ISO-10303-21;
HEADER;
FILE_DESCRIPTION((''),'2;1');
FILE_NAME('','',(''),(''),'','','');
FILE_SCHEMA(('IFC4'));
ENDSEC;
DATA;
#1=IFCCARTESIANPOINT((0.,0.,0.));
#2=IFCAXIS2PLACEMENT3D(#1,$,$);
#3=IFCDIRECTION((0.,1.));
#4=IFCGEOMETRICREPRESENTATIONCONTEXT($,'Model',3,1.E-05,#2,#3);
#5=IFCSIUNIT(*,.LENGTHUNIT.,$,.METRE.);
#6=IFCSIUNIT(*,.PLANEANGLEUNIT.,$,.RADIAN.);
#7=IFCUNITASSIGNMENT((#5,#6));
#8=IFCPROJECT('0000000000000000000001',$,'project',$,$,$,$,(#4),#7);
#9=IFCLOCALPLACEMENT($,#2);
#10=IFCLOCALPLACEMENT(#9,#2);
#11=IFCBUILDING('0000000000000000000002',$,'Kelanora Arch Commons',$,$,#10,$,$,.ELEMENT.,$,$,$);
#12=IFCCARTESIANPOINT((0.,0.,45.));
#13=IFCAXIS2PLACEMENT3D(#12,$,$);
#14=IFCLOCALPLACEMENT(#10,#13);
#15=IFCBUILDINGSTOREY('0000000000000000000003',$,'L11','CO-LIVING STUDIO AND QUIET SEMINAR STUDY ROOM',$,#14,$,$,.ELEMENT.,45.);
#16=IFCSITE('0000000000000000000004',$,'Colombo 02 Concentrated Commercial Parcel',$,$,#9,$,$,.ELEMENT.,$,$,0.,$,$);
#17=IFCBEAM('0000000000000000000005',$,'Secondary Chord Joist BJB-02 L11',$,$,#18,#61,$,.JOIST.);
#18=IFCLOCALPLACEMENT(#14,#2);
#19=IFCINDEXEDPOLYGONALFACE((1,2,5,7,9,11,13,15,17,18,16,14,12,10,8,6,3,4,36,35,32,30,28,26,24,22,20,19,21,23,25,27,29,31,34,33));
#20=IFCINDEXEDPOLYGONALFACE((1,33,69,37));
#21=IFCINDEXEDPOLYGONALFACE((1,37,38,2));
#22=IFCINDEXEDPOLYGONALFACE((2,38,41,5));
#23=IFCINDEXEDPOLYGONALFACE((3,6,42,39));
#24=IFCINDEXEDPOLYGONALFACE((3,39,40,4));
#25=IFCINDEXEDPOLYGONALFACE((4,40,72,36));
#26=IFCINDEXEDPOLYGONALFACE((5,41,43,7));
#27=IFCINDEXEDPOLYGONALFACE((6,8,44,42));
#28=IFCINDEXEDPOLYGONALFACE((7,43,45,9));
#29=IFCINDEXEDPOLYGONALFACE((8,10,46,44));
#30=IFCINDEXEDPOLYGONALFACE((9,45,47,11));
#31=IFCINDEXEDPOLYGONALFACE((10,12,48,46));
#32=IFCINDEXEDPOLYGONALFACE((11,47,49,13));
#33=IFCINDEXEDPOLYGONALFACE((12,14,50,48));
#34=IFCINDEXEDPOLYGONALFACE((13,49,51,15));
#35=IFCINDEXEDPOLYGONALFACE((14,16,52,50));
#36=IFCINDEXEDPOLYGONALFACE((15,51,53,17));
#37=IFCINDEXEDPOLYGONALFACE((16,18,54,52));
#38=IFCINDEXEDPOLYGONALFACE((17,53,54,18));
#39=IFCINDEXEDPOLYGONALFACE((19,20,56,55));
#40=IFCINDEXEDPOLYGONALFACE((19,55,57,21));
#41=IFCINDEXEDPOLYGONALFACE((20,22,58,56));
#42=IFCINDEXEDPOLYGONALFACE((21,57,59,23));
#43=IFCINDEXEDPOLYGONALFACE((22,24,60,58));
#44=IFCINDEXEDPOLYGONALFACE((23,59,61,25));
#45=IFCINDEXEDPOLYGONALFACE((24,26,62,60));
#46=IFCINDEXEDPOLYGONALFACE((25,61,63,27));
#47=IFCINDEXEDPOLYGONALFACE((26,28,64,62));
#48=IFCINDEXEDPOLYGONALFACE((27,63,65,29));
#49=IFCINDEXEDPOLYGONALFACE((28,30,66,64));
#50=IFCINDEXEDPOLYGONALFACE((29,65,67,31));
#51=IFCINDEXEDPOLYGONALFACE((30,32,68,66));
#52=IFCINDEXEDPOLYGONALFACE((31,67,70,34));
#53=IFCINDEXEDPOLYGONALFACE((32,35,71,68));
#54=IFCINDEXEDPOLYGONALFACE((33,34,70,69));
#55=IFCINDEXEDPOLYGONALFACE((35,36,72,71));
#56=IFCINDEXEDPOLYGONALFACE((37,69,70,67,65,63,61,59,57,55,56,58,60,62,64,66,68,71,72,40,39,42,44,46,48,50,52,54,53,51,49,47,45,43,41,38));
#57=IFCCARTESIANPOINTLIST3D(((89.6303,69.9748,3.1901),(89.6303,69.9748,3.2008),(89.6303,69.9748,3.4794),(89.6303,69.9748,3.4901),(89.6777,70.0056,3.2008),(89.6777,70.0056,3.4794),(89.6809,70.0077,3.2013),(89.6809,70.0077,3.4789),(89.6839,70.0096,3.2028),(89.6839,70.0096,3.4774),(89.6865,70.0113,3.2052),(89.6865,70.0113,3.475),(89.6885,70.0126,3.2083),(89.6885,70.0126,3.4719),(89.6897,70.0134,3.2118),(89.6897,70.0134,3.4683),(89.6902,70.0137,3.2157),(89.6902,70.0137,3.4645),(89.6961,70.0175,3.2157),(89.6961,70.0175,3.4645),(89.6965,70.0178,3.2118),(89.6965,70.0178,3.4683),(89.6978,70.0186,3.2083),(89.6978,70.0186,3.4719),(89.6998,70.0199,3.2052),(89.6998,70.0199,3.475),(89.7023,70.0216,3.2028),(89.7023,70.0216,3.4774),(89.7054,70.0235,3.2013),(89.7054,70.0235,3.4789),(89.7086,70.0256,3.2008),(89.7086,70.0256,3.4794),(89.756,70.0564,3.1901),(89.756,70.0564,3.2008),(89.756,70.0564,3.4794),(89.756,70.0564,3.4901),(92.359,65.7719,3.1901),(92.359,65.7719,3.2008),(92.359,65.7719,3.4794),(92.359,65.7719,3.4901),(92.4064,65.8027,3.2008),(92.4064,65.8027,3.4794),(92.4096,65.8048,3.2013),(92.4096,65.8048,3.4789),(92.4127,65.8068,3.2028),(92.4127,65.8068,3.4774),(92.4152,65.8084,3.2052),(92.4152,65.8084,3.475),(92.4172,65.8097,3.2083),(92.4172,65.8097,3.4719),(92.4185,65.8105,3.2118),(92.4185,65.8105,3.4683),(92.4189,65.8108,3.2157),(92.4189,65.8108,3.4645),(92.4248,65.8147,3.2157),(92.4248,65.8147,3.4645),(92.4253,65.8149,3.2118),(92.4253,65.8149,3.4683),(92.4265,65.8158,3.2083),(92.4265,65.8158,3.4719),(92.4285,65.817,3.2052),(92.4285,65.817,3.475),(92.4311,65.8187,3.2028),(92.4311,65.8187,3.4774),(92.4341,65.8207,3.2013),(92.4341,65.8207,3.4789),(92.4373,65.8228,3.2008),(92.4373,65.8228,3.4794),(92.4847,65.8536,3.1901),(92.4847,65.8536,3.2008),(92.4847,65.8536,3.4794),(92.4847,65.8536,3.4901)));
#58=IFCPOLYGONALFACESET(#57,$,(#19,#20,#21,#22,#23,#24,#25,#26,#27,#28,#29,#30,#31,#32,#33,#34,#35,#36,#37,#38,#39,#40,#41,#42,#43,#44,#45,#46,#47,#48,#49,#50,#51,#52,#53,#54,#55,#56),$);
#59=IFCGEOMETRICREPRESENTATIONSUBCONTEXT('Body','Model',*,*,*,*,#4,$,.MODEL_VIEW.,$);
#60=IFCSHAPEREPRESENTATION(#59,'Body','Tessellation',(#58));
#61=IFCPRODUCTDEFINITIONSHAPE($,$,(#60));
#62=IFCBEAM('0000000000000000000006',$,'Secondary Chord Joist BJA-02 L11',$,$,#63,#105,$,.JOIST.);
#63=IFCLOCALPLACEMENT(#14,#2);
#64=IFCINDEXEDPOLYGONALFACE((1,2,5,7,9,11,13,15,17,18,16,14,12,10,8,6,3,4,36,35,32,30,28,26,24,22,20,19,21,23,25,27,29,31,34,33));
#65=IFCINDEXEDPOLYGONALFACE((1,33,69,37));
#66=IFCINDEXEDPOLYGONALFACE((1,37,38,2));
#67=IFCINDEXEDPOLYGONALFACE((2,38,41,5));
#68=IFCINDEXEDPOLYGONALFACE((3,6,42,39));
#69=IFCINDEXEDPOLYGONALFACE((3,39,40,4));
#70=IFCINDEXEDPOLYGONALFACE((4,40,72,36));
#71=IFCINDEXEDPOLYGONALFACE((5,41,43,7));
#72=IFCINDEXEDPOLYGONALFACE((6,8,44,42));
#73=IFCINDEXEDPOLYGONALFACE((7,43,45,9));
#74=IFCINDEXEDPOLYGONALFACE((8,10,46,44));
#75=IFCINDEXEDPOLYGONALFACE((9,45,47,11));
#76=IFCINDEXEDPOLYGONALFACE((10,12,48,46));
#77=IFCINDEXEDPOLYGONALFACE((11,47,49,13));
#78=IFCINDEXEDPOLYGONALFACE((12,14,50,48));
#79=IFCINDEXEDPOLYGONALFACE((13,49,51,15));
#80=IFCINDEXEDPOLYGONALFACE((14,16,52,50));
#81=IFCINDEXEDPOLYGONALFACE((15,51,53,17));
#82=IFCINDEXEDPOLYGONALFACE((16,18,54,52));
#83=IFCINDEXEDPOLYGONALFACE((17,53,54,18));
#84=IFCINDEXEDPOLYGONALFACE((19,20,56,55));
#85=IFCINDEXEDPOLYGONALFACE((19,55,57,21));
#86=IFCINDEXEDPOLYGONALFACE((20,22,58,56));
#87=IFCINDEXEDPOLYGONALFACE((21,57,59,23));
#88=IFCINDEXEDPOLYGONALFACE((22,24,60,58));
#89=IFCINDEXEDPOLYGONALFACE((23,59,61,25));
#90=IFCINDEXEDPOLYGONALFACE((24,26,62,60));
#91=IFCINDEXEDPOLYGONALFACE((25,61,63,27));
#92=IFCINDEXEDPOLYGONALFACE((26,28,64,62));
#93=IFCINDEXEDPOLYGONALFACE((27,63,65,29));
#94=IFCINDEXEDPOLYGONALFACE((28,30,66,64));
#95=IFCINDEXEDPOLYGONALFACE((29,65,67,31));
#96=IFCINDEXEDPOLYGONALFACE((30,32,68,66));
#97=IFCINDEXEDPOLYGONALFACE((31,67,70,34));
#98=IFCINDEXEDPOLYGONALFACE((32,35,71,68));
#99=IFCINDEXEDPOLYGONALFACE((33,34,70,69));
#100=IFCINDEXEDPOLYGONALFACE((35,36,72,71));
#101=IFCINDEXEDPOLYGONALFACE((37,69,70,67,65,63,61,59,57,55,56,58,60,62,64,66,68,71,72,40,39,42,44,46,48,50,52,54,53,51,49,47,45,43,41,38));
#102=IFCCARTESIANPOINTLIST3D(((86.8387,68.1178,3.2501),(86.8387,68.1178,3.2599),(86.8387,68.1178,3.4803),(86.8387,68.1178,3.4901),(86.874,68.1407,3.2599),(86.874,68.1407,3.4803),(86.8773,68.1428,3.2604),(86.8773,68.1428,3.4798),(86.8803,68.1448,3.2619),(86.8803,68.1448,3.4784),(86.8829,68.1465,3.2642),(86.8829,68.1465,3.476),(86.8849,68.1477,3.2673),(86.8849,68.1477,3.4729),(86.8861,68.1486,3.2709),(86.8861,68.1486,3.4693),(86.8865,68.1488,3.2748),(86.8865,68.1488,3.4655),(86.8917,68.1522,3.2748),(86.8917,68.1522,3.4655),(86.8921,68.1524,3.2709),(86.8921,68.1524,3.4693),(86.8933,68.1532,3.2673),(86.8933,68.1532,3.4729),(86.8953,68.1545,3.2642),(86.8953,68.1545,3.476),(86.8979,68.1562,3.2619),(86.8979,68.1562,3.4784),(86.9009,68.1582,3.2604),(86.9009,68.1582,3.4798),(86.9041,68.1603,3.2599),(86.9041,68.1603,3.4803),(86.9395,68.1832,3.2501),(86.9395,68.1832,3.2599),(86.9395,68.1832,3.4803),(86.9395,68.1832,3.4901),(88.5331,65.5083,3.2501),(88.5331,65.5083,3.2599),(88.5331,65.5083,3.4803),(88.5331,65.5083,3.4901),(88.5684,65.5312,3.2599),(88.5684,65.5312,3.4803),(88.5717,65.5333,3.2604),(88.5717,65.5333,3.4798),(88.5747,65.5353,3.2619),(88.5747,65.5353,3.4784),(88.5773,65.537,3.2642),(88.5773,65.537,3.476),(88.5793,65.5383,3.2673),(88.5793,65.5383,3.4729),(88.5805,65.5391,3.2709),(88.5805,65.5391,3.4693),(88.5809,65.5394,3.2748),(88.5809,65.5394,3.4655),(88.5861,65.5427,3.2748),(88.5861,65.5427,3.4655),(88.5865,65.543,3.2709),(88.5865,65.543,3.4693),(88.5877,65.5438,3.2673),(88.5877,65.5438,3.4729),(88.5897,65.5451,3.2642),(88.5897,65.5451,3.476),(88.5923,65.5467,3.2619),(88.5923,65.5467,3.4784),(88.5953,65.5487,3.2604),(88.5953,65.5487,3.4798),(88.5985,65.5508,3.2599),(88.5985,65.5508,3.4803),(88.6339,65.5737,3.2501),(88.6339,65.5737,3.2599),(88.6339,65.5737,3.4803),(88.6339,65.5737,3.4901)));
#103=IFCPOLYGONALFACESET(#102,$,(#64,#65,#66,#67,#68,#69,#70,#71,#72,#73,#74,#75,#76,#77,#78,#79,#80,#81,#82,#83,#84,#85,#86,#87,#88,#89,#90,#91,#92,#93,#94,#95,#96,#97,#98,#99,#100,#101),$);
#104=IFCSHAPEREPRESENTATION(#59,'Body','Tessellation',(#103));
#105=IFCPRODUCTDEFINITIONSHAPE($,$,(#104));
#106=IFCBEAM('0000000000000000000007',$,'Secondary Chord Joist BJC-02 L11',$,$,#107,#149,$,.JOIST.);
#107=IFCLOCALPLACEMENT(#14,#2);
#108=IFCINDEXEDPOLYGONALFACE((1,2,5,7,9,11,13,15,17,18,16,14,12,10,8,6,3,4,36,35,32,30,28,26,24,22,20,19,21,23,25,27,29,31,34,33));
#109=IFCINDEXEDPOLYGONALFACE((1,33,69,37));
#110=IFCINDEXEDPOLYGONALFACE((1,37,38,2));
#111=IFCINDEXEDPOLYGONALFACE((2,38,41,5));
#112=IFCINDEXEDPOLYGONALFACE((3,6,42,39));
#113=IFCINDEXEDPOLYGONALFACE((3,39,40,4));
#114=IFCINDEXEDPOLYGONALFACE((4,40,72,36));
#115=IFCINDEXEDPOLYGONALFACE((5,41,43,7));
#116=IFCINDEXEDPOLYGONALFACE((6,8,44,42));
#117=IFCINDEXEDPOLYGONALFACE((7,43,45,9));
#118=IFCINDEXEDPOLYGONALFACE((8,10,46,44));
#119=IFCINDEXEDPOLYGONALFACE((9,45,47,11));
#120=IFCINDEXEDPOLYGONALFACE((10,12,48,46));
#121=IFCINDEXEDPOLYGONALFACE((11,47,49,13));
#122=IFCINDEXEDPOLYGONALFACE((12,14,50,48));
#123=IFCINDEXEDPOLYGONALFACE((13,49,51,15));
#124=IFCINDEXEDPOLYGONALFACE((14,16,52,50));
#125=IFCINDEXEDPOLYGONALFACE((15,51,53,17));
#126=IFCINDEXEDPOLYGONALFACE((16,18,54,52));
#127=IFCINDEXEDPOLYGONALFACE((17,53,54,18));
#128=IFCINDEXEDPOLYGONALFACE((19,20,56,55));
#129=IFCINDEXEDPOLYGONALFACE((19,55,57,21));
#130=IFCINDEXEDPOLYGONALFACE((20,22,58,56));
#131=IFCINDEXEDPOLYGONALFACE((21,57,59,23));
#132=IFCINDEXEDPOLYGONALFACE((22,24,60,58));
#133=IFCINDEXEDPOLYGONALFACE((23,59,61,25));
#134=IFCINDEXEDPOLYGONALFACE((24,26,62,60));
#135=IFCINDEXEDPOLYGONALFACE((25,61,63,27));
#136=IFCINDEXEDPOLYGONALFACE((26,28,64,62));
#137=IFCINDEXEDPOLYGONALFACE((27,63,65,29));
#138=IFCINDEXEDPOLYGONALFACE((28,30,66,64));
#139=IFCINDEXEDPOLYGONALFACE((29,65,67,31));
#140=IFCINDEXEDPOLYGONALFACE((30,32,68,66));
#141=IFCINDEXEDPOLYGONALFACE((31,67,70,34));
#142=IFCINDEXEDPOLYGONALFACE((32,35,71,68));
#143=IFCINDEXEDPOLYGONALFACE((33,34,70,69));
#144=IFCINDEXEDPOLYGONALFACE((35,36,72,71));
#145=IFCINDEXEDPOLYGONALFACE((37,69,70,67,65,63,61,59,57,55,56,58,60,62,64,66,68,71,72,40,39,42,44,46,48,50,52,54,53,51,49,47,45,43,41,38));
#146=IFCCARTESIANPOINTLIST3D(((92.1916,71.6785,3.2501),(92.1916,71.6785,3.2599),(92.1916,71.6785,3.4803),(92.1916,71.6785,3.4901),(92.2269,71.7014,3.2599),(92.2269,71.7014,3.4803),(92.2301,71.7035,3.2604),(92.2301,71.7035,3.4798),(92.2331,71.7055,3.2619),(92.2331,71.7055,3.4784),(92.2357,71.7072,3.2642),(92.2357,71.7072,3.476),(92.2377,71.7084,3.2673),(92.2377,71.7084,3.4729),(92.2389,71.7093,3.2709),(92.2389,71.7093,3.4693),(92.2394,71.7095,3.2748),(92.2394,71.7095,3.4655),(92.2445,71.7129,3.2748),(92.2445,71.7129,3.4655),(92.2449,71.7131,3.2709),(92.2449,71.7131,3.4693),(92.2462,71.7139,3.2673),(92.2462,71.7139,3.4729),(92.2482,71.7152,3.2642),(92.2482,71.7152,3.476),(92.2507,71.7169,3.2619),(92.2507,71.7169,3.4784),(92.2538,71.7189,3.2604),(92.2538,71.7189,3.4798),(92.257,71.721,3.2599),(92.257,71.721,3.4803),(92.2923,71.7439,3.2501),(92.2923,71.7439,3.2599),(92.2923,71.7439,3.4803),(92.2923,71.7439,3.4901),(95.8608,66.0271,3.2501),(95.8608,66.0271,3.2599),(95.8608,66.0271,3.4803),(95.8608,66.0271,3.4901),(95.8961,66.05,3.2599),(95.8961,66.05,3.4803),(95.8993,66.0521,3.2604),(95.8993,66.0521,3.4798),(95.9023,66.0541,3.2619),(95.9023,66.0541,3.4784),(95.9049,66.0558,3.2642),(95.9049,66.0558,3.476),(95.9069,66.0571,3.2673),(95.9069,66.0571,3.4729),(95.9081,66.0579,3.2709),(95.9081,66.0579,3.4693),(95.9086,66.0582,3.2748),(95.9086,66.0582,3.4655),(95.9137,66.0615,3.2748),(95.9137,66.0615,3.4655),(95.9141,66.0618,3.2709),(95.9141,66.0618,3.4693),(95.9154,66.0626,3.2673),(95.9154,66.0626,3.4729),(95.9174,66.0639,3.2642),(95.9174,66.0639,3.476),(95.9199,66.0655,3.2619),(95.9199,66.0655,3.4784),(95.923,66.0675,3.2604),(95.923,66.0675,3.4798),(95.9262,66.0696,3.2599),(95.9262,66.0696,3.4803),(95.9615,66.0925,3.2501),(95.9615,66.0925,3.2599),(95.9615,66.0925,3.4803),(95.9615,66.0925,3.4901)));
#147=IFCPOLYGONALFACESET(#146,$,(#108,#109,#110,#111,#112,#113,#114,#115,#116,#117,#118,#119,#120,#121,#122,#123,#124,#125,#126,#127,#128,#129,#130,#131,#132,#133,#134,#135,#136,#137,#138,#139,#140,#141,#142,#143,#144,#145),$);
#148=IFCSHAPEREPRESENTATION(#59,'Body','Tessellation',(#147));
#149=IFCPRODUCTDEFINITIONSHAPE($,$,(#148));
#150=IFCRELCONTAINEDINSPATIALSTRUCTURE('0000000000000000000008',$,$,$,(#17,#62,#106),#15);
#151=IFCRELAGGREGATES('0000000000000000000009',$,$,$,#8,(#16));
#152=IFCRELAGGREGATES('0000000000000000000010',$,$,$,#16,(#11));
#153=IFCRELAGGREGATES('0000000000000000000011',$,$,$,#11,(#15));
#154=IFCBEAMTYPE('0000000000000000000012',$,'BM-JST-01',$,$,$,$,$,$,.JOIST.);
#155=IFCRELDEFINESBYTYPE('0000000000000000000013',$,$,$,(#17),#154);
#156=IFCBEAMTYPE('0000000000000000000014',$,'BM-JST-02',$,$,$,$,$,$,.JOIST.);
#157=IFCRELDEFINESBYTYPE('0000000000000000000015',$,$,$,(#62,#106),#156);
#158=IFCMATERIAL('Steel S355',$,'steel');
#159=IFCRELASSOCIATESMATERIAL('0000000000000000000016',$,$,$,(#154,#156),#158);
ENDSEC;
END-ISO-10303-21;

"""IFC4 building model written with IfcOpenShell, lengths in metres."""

from ifc_helpers import new_model, si_unit, direction, frame, origin, origin_2d, place, context, subcontext, project, spatial, i_section, extrude, material, material_profile, profile_set, type_object, element, save


model = new_model("IFC4")

# Units and contexts
model_context = context("Model", 3, precision=1e-05, world=origin(), true_north=direction((0.0, 1.0)))
body_context = subcontext(model_context, "Body", "Model", "MODEL_VIEW")
ifc_project = project(units=[si_unit("LENGTHUNIT", "METRE"), si_unit("PLANEANGLEUNIT", "RADIAN")], contexts=[model_context])

# Site, building, storey
site_placement = place(None, origin())
site = spatial("IfcSite", under=ifc_project, at=site_placement, Name="Colombo 02 Concentrated Commercial Parcel", CompositionType="ELEMENT", RefElevation=0.0)
building_placement = place(site_placement, origin())
building = spatial("IfcBuilding", under=site, at=building_placement, Name="Kelanora Arch Commons", CompositionType="ELEMENT")
storey_placement = place(building_placement, frame((0.0, 0.0, 45.0)))
storey = spatial("IfcBuildingStorey", under=building, at=storey_placement, Name="L11", Description="CO-LIVING STUDIO AND QUIET SEMINAR STUDY ROOM", CompositionType="ELEMENT", Elevation=45.0)

# Beams
ifc_material_1 = material(Name="Steel S355", Category="steel")
ifc_material_profile_1 = material_profile(ifc_material_1, i_section(OverallWidth=0.1499, OverallDepth=0.3, WebThickness=0.0071, FlangeThickness=0.0107, FilletRadius=0.0149, at=origin_2d()), Name="IPE300")
ifc_profile_set_1 = profile_set([ifc_material_profile_1], Name="Steel S355")
beam_type_1 = type_object("IfcBeamType", Name="BM-JST-01", PredefinedType="JOIST", material=ifc_profile_set_1)
beam_1_placement = place(storey_placement, frame((92.4219, 65.8127, 3.3401), z_axis=(-0.544552, 0.838727, 0.0), x_axis=(-0.838727, -0.544552, 0.0)))
element("IfcBeam", 1, at=beam_1_placement, inside=storey, type_object=beam_type_1, Name="Secondary Chord Joist BJB-02 L11", PredefinedType="JOIST", context=body_context, shape_type="SweptSolid", body=[
    extrude(i_section(OverallWidth=0.1499, OverallDepth=0.3, WebThickness=0.0071, FlangeThickness=0.0107, FilletRadius=0.0149, at=origin_2d()), origin(), (0.0, 0.0, 1.0), 5.011),
])
ifc_material_profile_2 = material_profile(ifc_material_1, i_section(OverallWidth=0.1201, OverallDepth=0.24, WebThickness=0.0061, FlangeThickness=0.0098, FilletRadius=0.0149, at=origin_2d()), Name="IPE240")
ifc_profile_set_2 = profile_set([ifc_material_profile_2], Name="Steel S355")
beam_type_2 = type_object("IfcBeamType", Name="BM-JST-02", PredefinedType="JOIST", material=ifc_profile_set_2)
beam_2_placement = place(storey_placement, frame((88.5835, 65.541, 3.3701), z_axis=(-0.544591, 0.838702, 0.0), x_axis=(-0.838702, -0.544591, 0.0)))
element("IfcBeam", 2, at=beam_2_placement, inside=storey, type_object=beam_type_2, Name="Secondary Chord Joist BJA-02 L11", PredefinedType="JOIST", context=body_context, shape_type="SweptSolid", body=[
    extrude(i_section(OverallWidth=0.1201, OverallDepth=0.24, WebThickness=0.0061, FlangeThickness=0.0098, FilletRadius=0.0149, at=origin_2d()), origin(), (0.0, 0.0, 1.0), 3.1113),
])
beam_3_placement = place(storey_placement, frame((95.9111, 66.0598, 3.3701), z_axis=(-0.54455, 0.838728, 0.0), x_axis=(-0.838728, -0.54455, 0.0)))
element("IfcBeam", 3, at=beam_3_placement, inside=storey, type_object=beam_type_2, Name="Secondary Chord Joist BJC-02 L11", PredefinedType="JOIST", context=body_context, shape_type="SweptSolid", body=[
    extrude(i_section(OverallWidth=0.1201, OverallDepth=0.24, WebThickness=0.0061, FlangeThickness=0.0098, FilletRadius=0.0149, at=origin_2d()), origin(), (0.0, 0.0, 1.0), 6.738),
])

save(model, "model.ifc")
